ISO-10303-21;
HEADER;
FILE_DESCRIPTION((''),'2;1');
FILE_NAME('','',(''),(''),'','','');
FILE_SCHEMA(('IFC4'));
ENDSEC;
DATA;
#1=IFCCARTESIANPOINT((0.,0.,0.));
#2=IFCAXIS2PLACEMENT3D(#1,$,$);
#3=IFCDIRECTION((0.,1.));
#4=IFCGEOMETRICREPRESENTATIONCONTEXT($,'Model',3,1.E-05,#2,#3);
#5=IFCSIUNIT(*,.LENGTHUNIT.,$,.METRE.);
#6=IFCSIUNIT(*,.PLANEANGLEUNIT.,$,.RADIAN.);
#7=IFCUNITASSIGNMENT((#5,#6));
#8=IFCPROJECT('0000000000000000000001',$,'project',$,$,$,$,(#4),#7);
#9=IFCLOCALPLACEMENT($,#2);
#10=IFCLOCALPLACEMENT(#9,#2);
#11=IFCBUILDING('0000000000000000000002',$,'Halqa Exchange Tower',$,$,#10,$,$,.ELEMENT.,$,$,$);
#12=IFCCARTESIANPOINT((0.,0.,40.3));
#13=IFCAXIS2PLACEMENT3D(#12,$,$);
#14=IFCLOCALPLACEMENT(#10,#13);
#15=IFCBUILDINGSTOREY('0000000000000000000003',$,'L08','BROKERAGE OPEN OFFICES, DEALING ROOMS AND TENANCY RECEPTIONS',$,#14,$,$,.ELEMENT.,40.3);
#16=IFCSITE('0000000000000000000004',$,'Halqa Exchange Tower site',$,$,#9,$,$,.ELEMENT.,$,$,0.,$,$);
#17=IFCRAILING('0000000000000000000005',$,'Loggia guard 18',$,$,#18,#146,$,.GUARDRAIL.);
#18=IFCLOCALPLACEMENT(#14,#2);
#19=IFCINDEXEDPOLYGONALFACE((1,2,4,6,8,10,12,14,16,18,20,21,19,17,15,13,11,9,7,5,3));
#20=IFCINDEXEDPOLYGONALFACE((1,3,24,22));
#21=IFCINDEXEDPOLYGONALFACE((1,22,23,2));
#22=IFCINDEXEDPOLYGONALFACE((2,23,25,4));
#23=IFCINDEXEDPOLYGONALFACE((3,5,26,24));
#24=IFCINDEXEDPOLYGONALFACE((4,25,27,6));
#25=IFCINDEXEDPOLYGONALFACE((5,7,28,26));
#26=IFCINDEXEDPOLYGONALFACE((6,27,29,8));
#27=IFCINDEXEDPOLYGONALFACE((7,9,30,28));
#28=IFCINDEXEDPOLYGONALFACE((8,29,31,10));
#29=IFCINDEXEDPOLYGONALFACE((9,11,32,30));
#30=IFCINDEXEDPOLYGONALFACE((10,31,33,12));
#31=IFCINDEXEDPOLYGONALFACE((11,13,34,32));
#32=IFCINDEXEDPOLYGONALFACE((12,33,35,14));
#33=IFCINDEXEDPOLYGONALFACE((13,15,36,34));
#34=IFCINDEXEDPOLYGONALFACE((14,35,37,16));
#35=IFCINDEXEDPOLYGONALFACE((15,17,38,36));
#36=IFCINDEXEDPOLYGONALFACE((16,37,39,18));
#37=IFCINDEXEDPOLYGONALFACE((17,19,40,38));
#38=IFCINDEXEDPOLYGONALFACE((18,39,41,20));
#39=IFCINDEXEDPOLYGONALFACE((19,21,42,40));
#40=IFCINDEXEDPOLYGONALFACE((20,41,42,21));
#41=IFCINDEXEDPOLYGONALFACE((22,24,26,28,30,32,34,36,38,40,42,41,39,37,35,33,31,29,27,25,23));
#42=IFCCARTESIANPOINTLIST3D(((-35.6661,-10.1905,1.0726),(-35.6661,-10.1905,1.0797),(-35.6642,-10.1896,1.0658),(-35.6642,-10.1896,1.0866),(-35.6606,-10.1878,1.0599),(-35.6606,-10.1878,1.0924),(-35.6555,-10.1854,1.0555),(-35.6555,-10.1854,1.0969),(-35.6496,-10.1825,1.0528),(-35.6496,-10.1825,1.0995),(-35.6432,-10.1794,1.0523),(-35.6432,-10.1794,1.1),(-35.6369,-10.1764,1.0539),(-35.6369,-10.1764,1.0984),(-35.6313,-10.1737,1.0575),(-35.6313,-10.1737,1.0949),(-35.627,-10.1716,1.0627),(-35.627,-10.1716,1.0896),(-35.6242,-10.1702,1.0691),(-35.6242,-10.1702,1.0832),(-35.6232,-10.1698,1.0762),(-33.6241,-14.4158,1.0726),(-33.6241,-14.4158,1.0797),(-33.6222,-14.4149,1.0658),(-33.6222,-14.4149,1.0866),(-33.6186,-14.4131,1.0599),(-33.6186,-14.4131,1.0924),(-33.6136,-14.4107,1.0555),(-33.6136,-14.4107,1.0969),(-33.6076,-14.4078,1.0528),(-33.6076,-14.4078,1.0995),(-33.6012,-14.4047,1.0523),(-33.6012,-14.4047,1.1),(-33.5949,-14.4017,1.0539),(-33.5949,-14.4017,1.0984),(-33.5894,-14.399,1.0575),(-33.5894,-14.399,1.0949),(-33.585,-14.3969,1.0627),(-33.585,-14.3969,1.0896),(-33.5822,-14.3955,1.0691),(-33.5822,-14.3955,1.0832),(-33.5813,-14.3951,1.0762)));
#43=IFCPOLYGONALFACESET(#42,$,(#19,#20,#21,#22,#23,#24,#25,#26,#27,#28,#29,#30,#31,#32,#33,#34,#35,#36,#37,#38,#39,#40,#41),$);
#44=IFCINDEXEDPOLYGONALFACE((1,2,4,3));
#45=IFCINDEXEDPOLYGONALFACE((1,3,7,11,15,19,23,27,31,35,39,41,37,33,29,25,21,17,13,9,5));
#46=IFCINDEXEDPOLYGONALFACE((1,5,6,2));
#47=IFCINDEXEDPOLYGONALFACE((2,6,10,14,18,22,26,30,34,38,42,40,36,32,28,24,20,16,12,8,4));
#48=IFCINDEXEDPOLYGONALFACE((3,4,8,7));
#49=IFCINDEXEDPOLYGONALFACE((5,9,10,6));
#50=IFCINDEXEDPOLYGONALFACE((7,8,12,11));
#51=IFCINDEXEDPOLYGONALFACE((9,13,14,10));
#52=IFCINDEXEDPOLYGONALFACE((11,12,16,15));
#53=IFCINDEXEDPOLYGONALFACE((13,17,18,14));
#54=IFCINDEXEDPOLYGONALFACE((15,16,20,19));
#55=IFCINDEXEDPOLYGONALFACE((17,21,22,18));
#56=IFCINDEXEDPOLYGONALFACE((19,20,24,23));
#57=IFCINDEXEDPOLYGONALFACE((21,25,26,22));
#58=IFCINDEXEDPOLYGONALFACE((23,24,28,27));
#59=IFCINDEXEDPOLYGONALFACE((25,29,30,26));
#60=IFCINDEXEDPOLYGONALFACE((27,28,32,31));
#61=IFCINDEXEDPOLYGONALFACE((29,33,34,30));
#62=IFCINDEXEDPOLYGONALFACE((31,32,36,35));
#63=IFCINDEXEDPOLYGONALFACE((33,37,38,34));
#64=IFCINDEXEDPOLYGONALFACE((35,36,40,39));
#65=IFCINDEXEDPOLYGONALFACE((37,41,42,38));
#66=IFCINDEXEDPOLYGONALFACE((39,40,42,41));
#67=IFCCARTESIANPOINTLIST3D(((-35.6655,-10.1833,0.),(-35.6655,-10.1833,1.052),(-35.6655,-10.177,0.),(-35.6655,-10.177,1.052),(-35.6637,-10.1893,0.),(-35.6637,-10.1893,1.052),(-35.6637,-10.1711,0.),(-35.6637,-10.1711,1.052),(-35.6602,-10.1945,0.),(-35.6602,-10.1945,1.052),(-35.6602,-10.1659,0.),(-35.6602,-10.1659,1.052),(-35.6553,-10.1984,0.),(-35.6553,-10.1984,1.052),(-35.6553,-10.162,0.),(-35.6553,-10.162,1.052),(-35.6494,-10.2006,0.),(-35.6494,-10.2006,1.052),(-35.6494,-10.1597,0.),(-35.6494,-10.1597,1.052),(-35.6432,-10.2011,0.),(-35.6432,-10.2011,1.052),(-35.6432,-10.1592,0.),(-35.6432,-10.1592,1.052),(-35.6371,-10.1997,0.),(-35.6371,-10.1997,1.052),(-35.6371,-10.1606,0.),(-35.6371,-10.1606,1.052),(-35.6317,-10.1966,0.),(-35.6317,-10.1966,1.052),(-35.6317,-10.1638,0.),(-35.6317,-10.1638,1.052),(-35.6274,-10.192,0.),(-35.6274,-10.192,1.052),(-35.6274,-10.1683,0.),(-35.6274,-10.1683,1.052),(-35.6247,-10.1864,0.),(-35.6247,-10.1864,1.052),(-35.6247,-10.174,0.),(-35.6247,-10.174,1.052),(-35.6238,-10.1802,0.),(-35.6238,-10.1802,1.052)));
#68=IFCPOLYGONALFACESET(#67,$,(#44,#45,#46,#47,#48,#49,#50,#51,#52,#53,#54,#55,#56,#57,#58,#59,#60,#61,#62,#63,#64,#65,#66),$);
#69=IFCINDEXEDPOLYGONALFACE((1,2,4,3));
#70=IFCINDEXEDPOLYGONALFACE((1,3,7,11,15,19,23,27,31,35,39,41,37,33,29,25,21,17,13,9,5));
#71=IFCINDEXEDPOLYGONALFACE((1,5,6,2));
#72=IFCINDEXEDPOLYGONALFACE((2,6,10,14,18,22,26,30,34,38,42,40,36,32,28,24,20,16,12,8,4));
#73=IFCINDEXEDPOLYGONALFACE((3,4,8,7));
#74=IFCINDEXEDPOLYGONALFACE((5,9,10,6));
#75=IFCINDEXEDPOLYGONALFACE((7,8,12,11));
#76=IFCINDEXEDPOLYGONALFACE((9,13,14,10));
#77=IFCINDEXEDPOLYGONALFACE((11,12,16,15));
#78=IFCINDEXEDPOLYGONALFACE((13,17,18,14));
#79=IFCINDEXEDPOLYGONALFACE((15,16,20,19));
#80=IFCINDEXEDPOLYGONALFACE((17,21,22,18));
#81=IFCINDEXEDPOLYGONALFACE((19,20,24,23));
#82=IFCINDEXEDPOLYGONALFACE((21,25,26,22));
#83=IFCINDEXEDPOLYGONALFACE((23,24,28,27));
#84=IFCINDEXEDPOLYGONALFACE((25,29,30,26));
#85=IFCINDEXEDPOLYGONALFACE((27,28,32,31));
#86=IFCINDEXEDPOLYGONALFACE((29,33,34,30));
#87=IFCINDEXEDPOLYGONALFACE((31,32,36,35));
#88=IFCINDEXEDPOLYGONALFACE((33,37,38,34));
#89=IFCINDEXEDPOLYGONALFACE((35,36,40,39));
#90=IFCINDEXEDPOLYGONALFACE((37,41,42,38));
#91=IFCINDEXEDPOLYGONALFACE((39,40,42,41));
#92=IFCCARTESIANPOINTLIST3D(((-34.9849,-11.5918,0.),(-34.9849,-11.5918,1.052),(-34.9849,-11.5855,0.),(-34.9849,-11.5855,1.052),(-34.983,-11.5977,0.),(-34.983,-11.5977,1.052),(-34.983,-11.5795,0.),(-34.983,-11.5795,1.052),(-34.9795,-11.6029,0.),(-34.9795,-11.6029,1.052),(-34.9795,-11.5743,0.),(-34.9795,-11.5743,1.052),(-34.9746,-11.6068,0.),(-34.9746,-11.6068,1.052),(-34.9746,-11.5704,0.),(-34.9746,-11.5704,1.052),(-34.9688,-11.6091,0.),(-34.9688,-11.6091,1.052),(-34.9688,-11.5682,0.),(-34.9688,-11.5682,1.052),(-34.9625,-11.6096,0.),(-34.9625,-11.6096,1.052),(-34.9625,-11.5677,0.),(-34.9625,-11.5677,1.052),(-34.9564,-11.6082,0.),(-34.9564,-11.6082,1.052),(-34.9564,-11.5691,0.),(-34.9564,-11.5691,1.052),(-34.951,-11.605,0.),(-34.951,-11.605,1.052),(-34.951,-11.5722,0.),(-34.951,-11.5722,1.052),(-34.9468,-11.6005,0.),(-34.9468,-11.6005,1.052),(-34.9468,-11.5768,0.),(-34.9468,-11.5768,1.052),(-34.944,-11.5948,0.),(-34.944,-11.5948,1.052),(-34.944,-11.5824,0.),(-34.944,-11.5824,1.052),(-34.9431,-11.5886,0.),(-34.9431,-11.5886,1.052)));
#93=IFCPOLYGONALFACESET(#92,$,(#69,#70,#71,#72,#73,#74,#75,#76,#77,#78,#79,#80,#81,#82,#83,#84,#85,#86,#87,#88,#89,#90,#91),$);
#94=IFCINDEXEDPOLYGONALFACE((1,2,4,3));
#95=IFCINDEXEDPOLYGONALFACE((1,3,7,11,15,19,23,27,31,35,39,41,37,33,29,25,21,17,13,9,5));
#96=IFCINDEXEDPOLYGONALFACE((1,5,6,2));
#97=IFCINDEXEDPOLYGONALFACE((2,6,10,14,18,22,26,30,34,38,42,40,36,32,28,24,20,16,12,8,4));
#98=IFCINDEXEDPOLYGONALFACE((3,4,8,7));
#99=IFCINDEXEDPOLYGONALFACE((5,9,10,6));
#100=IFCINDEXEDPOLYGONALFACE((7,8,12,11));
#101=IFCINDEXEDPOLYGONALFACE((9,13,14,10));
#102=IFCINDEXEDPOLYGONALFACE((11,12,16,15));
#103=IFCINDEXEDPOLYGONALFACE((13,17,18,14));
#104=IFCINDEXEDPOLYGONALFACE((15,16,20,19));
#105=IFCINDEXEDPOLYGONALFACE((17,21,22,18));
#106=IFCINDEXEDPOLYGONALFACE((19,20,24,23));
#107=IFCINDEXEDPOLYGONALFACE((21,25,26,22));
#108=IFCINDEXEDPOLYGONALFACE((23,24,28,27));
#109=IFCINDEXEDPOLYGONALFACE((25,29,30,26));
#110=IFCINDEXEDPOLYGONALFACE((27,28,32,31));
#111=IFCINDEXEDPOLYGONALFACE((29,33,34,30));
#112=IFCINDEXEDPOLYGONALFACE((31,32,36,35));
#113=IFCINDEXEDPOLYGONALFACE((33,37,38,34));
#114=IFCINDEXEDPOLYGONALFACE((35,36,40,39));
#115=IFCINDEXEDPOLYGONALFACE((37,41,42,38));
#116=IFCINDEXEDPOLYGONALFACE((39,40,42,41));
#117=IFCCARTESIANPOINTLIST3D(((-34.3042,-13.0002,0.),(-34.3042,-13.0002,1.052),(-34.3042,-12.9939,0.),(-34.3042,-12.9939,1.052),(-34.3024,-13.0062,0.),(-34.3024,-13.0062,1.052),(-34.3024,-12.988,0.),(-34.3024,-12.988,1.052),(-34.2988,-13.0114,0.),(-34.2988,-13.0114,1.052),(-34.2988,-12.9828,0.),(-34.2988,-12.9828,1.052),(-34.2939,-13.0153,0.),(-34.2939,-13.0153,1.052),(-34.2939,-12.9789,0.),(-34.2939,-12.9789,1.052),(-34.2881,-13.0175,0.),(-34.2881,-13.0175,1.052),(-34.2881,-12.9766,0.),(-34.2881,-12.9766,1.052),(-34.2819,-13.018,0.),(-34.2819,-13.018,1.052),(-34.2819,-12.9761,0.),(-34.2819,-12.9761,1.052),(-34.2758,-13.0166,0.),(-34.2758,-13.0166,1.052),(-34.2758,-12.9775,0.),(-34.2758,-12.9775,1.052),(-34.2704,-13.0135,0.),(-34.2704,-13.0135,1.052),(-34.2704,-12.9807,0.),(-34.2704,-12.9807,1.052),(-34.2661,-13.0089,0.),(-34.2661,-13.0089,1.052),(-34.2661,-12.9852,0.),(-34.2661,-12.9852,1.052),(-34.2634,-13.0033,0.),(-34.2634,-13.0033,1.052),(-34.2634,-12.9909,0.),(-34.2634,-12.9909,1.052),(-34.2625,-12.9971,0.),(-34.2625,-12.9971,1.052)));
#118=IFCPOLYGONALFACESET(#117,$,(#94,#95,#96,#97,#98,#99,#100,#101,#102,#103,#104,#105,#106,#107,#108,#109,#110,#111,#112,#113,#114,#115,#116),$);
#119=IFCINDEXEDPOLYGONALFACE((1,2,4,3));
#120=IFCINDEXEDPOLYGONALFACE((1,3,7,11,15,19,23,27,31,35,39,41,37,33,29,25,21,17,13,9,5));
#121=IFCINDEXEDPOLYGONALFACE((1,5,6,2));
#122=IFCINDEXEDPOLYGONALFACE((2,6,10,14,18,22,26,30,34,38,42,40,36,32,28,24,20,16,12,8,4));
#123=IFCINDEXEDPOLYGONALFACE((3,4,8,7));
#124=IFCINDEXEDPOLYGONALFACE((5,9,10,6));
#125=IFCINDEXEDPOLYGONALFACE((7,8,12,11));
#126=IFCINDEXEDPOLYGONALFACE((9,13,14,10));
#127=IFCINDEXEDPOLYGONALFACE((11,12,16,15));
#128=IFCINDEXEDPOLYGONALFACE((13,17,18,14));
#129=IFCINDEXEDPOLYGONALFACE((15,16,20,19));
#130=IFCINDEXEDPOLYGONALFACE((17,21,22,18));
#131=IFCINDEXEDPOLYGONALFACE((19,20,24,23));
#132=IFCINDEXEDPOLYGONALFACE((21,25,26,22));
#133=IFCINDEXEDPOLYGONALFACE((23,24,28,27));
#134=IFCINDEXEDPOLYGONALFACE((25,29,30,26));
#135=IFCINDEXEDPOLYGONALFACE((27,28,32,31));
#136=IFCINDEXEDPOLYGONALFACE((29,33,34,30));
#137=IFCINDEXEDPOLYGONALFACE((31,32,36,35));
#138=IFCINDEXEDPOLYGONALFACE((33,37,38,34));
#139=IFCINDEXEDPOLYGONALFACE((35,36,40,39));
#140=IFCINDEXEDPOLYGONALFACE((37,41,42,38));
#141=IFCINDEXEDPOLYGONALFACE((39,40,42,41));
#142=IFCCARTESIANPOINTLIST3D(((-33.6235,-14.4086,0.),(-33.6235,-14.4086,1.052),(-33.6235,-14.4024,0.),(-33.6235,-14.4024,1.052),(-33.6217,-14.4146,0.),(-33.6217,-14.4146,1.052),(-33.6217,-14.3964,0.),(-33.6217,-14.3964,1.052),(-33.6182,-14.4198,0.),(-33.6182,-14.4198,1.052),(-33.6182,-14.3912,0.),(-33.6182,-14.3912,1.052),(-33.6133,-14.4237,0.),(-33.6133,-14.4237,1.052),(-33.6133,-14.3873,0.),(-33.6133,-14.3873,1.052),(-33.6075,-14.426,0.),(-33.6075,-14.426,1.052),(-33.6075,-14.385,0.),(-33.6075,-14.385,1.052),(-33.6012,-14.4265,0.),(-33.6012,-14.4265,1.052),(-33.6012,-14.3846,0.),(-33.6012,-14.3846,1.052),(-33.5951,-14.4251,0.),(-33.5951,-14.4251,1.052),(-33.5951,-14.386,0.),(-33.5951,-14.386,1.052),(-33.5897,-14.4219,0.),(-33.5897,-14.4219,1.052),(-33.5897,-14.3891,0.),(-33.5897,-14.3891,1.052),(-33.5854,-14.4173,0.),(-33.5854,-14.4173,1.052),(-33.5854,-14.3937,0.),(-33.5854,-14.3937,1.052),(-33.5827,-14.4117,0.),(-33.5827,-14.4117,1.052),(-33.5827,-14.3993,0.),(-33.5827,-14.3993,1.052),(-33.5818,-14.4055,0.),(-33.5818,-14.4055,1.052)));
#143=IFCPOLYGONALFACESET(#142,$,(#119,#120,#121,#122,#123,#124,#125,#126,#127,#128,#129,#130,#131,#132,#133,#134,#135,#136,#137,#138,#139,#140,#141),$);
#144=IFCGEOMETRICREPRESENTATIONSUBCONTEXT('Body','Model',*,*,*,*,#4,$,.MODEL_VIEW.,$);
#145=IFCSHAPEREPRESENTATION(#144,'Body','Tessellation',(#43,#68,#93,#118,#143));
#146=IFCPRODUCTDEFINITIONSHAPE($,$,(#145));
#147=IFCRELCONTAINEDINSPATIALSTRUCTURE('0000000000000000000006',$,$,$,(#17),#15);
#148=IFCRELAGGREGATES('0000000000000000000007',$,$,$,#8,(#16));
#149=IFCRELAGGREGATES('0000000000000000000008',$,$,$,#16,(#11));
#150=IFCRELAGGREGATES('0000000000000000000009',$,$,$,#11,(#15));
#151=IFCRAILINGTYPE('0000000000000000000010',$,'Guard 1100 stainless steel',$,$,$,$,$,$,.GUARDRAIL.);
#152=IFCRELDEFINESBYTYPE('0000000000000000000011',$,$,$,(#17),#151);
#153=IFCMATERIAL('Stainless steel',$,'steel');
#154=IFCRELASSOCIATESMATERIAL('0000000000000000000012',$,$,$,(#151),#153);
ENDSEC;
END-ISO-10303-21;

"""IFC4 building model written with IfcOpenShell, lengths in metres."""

from ifc_helpers import new_model, si_unit, direction, frame, origin, origin_2d, place, context, subcontext, project, spatial, circle, extrude, material, type_object, element, save


model = new_model("IFC4")

# Units and contexts
model_context = context("Model", 3, precision=1e-05, world=origin(), true_north=direction((0.0, 1.0)))
body_context = subcontext(model_context, "Body", "Model", "MODEL_VIEW")
ifc_project = project(units=[si_unit("LENGTHUNIT", "METRE"), si_unit("PLANEANGLEUNIT", "RADIAN")], contexts=[model_context])

# Site, building, storey
site_placement = place(None, origin())
site = spatial("IfcSite", under=ifc_project, at=site_placement, Name="Halqa Exchange Tower site", CompositionType="ELEMENT", RefElevation=0.0)
building_placement = place(site_placement, origin())
building = spatial("IfcBuilding", under=site, at=building_placement, Name="Halqa Exchange Tower", CompositionType="ELEMENT")
storey_placement = place(building_placement, frame((0.0, 0.0, 40.3)))
storey = spatial("IfcBuildingStorey", under=building, at=storey_placement, Name="L08", Description="BROKERAGE OPEN OFFICES, DEALING ROOMS AND TENANCY RECEPTIONS", CompositionType="ELEMENT", Elevation=40.3)

# Railing
ifc_material_1 = material(Name="Stainless steel", Category="steel")
railing_type = type_object("IfcRailingType", Name="Guard 1100 stainless steel", PredefinedType="GUARDRAIL", material=ifc_material_1)
railing_1_placement = place(storey_placement, frame((-35.6448, -10.1802, 0.0)))
element("IfcRailing", 1, at=railing_1_placement, inside=storey, type_object=railing_type, Name="Loggia guard 18", PredefinedType="GUARDRAIL", context=body_context, shape_type="SweptSolid", body=[
    extrude(circle(Radius=0.0239, at=origin_2d()), frame((0.0, 0.0, 1.0762), z_axis=(0.435124, -0.90037, 0.0), x_axis=(0.90037, 0.435124, 0.0)), (0.0, 0.0, 1.0), 4.6929),
    extrude(circle(Radius=0.021, at=origin_2d()), origin(), (0.0, 0.0, 1.0), 1.052),
    extrude(circle(Radius=0.021, at=origin_2d()), frame((0.6807, -1.4084, 0.0)), (0.0, 0.0, 1.0), 1.052),
    extrude(circle(Radius=0.021, at=origin_2d()), frame((1.3613, -2.8169, 0.0)), (0.0, 0.0, 1.0), 1.052),
    extrude(circle(Radius=0.021, at=origin_2d()), frame((2.042, -4.2253, 0.0)), (0.0, 0.0, 1.0), 1.052),
])

save(model, "model.ifc")
